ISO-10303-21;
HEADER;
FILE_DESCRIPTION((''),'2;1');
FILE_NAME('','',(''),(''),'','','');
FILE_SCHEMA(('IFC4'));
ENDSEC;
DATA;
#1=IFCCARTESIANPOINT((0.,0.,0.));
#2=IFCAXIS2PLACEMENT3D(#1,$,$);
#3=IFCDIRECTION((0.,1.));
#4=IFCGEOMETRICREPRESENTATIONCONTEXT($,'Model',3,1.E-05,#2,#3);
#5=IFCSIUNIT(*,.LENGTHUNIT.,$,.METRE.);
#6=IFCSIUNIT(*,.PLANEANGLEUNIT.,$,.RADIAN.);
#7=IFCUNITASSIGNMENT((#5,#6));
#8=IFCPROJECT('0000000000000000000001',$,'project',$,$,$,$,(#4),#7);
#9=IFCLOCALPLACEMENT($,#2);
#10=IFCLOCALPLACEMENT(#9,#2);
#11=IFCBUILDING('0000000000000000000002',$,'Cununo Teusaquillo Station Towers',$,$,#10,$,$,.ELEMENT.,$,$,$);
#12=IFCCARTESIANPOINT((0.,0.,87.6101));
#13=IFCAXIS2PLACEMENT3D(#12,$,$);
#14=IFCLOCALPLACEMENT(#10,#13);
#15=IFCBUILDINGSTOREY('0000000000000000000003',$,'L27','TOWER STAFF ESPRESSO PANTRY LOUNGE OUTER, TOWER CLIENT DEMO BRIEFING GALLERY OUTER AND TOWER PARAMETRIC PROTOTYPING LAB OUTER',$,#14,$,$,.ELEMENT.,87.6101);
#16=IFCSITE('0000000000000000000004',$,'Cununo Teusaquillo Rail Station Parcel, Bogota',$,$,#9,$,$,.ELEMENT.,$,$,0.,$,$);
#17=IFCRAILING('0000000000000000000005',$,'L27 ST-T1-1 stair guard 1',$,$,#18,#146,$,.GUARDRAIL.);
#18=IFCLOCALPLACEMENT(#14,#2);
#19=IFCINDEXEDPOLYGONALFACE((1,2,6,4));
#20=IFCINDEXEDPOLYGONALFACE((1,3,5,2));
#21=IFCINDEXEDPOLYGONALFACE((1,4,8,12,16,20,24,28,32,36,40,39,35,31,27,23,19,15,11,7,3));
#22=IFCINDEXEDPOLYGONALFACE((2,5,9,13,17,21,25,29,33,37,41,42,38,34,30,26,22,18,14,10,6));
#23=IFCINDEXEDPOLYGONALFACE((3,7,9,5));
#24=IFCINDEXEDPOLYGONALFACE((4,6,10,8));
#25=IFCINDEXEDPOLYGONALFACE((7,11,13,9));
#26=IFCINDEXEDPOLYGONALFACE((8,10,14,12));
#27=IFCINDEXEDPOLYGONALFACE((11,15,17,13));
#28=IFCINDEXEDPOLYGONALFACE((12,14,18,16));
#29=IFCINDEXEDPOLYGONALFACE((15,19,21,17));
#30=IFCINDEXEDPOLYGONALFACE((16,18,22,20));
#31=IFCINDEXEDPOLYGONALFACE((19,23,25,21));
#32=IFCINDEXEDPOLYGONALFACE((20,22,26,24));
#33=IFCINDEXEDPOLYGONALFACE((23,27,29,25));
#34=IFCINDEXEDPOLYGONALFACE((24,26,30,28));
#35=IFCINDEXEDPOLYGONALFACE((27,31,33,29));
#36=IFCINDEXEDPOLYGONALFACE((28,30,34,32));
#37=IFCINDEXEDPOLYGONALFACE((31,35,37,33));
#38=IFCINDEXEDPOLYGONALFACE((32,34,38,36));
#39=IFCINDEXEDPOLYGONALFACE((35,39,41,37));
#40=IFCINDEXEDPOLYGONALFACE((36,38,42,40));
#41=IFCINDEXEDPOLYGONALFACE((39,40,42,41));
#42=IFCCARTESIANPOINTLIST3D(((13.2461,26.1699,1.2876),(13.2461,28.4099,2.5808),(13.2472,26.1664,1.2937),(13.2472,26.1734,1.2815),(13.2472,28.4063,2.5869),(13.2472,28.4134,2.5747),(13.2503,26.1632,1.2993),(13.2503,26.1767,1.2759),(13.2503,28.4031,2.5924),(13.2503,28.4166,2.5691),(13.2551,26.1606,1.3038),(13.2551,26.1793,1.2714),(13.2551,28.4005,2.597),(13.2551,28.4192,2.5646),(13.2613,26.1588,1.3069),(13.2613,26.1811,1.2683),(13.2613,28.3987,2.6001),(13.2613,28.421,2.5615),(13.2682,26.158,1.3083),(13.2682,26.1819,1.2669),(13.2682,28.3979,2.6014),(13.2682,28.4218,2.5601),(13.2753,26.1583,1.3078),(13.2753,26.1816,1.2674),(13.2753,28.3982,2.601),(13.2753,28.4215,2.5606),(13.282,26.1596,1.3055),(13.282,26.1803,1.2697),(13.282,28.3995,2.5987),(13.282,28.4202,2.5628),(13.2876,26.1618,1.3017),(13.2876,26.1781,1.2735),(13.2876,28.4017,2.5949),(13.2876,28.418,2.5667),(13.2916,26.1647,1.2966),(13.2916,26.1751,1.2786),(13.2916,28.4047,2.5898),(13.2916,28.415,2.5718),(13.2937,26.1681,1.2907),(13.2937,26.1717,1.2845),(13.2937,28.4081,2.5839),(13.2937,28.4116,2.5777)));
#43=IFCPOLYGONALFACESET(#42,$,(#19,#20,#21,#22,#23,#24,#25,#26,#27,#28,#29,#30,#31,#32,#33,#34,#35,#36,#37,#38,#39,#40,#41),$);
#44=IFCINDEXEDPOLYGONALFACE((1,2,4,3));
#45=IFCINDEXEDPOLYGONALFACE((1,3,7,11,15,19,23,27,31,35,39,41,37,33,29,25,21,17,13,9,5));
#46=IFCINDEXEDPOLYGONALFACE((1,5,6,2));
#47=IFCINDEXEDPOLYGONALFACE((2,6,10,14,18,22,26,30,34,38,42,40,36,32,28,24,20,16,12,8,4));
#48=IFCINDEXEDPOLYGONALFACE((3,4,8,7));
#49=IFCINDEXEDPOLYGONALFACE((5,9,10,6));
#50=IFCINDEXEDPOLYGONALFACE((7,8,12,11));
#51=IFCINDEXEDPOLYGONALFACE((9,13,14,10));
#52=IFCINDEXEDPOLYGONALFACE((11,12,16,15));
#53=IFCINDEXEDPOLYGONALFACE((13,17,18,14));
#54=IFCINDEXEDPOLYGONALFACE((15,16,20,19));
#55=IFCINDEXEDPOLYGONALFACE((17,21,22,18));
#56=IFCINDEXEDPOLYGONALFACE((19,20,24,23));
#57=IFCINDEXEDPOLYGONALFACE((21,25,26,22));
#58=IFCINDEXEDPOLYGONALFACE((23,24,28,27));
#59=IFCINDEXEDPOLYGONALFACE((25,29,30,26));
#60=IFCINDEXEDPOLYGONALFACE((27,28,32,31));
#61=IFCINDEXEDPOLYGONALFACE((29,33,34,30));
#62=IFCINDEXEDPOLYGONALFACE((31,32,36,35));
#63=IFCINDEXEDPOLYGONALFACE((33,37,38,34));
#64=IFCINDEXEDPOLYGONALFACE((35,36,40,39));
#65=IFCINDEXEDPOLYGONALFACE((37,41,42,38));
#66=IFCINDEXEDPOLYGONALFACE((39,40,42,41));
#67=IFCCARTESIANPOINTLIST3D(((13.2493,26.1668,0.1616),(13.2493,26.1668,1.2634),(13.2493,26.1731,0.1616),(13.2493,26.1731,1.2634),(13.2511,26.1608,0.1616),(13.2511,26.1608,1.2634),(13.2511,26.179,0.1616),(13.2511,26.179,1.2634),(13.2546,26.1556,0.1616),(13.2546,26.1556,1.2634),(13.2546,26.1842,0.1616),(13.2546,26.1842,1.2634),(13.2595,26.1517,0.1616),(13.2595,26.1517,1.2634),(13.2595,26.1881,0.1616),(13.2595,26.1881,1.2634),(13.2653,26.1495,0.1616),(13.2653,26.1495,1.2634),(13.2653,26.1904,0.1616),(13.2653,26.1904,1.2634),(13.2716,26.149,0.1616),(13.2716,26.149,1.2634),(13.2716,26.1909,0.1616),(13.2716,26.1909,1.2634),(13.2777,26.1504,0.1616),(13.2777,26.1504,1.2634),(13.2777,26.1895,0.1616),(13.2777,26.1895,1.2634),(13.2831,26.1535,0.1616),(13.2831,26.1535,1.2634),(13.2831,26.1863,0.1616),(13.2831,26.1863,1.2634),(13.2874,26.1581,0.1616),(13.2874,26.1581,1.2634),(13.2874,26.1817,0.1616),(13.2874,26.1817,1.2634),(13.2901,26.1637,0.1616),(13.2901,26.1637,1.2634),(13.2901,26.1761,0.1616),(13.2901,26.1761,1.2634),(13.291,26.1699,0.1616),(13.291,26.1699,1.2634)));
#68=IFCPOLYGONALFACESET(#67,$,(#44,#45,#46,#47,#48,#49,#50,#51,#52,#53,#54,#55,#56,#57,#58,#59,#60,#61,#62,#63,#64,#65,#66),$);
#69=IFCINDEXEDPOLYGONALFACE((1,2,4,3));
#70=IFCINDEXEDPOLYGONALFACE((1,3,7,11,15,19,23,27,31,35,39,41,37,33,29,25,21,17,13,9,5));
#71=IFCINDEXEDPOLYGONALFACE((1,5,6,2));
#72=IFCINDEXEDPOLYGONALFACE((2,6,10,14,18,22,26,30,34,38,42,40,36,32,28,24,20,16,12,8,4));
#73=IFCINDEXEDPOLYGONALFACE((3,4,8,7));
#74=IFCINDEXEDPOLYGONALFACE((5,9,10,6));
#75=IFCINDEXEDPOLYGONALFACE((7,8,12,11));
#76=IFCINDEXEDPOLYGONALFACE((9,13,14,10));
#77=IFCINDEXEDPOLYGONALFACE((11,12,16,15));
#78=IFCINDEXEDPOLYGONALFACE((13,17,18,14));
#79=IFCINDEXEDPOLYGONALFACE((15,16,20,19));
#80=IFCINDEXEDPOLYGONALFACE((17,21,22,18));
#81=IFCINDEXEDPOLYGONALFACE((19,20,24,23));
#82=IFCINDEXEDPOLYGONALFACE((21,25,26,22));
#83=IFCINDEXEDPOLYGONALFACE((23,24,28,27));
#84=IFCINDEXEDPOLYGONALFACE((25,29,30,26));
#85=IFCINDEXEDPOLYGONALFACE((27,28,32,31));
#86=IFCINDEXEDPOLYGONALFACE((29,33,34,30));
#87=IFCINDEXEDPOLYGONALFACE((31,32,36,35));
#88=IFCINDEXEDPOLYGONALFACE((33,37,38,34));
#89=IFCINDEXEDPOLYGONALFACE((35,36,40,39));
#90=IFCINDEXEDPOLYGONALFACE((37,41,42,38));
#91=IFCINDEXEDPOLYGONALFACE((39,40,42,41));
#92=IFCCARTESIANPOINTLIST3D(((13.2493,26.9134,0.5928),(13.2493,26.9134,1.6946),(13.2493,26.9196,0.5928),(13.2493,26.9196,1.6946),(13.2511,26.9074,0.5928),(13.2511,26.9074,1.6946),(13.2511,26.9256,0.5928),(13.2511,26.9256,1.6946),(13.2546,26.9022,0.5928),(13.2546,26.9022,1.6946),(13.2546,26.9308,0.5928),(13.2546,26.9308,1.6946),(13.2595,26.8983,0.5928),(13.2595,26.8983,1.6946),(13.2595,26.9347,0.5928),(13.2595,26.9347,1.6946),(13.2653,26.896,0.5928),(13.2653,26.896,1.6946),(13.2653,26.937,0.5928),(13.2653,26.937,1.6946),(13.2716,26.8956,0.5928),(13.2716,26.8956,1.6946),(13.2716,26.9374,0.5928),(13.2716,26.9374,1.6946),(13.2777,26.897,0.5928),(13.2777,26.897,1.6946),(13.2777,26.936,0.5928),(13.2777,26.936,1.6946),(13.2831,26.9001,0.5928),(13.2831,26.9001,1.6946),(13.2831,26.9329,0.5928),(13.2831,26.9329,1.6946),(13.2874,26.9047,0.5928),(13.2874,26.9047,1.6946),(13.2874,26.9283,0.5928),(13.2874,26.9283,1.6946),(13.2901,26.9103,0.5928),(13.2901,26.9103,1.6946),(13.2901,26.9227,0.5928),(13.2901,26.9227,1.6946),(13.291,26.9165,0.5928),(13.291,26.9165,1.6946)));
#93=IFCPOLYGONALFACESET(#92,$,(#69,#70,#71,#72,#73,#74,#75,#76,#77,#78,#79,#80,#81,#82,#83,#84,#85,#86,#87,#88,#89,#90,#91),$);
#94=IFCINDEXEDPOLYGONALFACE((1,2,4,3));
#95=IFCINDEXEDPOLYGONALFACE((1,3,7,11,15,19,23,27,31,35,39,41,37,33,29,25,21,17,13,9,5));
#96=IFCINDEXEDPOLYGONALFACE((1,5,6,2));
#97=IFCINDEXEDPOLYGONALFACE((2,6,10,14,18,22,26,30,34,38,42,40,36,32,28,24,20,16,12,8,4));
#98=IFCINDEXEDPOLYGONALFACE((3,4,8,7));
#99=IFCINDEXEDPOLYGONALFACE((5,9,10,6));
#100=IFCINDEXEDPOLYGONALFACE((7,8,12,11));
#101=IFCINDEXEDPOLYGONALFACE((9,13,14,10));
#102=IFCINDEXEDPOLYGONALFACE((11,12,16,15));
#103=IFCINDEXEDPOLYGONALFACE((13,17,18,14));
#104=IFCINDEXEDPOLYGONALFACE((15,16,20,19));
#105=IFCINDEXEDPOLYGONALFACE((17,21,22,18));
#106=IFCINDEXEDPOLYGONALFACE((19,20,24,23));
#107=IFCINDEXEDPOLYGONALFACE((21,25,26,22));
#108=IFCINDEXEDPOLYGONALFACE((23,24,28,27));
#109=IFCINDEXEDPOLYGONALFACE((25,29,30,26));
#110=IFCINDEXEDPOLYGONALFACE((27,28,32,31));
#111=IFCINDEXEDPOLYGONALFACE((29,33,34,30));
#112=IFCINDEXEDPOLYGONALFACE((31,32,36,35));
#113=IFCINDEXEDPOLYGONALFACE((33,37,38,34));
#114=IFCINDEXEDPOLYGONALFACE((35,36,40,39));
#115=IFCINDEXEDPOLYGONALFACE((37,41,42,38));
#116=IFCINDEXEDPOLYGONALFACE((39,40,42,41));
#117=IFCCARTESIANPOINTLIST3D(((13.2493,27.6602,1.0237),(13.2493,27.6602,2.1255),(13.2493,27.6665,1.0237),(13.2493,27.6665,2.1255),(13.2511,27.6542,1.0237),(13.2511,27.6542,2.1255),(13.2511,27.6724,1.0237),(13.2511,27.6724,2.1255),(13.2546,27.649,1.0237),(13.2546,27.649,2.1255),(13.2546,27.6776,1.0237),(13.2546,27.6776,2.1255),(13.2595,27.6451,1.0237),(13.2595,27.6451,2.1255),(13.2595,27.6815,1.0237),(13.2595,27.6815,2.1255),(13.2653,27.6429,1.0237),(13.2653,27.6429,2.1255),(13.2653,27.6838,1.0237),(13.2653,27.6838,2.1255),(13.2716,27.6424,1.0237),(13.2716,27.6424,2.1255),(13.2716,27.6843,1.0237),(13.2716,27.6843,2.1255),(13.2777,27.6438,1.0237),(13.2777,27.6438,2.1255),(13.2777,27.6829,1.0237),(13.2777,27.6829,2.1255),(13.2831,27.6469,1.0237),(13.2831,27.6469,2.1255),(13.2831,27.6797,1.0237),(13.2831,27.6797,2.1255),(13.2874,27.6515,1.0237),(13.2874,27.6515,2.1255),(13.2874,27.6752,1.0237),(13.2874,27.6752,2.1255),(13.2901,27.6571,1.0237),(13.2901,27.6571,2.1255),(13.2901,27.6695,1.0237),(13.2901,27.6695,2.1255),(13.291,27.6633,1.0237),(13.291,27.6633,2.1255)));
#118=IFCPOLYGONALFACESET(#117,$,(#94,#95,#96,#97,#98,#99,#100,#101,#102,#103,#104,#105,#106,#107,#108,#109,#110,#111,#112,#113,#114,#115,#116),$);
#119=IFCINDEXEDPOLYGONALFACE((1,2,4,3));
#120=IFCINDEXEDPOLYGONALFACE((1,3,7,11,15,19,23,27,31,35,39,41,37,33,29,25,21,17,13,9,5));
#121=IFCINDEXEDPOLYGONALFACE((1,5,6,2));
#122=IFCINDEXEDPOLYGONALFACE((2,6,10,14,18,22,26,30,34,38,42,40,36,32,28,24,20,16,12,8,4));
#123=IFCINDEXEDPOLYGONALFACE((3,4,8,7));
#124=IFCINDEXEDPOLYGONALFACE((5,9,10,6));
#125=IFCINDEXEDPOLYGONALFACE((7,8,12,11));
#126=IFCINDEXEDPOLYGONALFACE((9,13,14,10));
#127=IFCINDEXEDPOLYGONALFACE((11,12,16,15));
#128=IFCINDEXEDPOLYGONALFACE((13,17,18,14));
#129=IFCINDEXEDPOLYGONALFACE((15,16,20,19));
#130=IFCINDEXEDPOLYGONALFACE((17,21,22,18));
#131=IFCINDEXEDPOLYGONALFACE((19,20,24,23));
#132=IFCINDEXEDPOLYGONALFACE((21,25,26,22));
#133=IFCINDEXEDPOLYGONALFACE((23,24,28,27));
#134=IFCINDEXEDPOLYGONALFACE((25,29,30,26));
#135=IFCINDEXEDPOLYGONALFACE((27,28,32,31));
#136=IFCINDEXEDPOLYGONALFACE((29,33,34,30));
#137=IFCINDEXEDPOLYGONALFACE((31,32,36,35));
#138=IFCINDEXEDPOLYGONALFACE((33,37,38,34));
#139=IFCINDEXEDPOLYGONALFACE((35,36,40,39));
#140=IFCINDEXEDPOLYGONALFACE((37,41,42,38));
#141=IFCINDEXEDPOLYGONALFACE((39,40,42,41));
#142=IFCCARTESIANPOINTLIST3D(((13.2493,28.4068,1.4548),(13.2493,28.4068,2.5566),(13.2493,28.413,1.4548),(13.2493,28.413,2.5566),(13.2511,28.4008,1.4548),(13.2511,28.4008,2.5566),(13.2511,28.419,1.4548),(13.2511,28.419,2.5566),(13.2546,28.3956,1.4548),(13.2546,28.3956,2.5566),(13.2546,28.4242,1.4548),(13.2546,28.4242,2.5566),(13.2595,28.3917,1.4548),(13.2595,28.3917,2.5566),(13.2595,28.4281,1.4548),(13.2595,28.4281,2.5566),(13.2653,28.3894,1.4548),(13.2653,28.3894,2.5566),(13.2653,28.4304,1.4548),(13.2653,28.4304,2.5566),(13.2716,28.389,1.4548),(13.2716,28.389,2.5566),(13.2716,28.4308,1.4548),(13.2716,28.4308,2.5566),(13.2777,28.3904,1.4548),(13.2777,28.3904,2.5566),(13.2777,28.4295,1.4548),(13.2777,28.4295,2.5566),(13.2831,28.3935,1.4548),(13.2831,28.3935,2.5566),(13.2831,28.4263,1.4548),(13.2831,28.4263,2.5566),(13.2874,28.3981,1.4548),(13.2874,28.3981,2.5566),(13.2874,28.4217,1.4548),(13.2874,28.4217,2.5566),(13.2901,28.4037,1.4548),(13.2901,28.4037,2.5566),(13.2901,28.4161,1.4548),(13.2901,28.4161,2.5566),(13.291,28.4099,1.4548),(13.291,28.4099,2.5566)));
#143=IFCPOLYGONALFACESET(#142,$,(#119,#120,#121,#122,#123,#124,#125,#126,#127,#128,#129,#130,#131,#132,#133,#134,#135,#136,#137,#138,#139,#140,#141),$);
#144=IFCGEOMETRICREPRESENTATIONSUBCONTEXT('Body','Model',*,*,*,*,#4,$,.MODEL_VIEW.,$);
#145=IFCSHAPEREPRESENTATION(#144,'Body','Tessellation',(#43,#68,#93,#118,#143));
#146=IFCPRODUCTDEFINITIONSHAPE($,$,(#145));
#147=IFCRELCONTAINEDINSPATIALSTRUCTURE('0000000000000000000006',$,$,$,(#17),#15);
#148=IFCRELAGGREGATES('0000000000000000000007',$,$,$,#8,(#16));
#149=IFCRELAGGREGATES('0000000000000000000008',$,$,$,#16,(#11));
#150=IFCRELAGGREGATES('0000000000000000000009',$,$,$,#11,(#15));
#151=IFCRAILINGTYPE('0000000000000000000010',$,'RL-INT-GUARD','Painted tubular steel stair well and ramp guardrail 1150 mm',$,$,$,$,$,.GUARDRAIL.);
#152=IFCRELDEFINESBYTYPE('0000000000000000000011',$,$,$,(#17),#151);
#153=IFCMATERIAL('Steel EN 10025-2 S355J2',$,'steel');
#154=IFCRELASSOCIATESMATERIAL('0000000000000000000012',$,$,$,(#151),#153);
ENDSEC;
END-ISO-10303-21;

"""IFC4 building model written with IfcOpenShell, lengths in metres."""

from ifc_helpers import new_model, si_unit, direction, frame, origin, origin_2d, place, context, subcontext, project, spatial, circle, extrude, material, type_object, element, save


model = new_model("IFC4")

# Units and contexts
model_context = context("Model", 3, precision=1e-05, world=origin(), true_north=direction((0.0, 1.0)))
body_context = subcontext(model_context, "Body", "Model", "MODEL_VIEW")
ifc_project = project(units=[si_unit("LENGTHUNIT", "METRE"), si_unit("PLANEANGLEUNIT", "RADIAN")], contexts=[model_context])

# Site, building, storey
site_placement = place(None, origin())
site = spatial("IfcSite", under=ifc_project, at=site_placement, Name="Cununo Teusaquillo Rail Station Parcel, Bogota", CompositionType="ELEMENT", RefElevation=0.0)
building_placement = place(site_placement, origin())
building = spatial("IfcBuilding", under=site, at=building_placement, Name="Cununo Teusaquillo Station Towers", CompositionType="ELEMENT")
storey_placement = place(building_placement, frame((0.0, 0.0, 87.6101)))
storey = spatial("IfcBuildingStorey", under=building, at=storey_placement, Name="L27", Description="TOWER STAFF ESPRESSO PANTRY LOUNGE OUTER, TOWER CLIENT DEMO BRIEFING GALLERY OUTER AND TOWER PARAMETRIC PROTOTYPING LAB OUTER", CompositionType="ELEMENT", Elevation=87.6101)

# Railing
ifc_material_1 = material(Name="Steel EN 10025-2 S355J2", Category="steel")
railing_type_1 = type_object("IfcRailingType", Name="RL-INT-GUARD", Description="Painted tubular steel stair well and ramp guardrail 1150 mm", PredefinedType="GUARDRAIL", material=ifc_material_1)
railing_1_placement = place(storey_placement, frame((13.27, 26.1699, 0.1616)))
element("IfcRailing", 1, at=railing_1_placement, inside=storey, type_object=railing_type_1, Name="L27 ST-T1-1 stair guard 1", PredefinedType="GUARDRAIL", context=body_context, shape_type="SweptSolid", body=[
    extrude(circle(Radius=0.0239, at=origin_2d()), frame((0.0, 0.0, 1.126), z_axis=(0.0, 0.866033, 0.499987), x_axis=(-1.0, 0.0, 0.0)), (0.0, 0.0, 1.0), 2.5864),
    extrude(circle(Radius=0.021, at=origin_2d()), origin(), (0.0, 0.0, 1.0), 1.1018),
    extrude(circle(Radius=0.021, at=origin_2d()), frame((0.0, 0.7466, 0.4312)), (0.0, 0.0, 1.0), 1.1018),
    extrude(circle(Radius=0.021, at=origin_2d()), frame((0.0, 1.4934, 0.8621)), (0.0, 0.0, 1.0), 1.1018),
    extrude(circle(Radius=0.021, at=origin_2d()), frame((0.0, 2.24, 1.2932)), (0.0, 0.0, 1.0), 1.1018),
])

save(model, "model.ifc")
